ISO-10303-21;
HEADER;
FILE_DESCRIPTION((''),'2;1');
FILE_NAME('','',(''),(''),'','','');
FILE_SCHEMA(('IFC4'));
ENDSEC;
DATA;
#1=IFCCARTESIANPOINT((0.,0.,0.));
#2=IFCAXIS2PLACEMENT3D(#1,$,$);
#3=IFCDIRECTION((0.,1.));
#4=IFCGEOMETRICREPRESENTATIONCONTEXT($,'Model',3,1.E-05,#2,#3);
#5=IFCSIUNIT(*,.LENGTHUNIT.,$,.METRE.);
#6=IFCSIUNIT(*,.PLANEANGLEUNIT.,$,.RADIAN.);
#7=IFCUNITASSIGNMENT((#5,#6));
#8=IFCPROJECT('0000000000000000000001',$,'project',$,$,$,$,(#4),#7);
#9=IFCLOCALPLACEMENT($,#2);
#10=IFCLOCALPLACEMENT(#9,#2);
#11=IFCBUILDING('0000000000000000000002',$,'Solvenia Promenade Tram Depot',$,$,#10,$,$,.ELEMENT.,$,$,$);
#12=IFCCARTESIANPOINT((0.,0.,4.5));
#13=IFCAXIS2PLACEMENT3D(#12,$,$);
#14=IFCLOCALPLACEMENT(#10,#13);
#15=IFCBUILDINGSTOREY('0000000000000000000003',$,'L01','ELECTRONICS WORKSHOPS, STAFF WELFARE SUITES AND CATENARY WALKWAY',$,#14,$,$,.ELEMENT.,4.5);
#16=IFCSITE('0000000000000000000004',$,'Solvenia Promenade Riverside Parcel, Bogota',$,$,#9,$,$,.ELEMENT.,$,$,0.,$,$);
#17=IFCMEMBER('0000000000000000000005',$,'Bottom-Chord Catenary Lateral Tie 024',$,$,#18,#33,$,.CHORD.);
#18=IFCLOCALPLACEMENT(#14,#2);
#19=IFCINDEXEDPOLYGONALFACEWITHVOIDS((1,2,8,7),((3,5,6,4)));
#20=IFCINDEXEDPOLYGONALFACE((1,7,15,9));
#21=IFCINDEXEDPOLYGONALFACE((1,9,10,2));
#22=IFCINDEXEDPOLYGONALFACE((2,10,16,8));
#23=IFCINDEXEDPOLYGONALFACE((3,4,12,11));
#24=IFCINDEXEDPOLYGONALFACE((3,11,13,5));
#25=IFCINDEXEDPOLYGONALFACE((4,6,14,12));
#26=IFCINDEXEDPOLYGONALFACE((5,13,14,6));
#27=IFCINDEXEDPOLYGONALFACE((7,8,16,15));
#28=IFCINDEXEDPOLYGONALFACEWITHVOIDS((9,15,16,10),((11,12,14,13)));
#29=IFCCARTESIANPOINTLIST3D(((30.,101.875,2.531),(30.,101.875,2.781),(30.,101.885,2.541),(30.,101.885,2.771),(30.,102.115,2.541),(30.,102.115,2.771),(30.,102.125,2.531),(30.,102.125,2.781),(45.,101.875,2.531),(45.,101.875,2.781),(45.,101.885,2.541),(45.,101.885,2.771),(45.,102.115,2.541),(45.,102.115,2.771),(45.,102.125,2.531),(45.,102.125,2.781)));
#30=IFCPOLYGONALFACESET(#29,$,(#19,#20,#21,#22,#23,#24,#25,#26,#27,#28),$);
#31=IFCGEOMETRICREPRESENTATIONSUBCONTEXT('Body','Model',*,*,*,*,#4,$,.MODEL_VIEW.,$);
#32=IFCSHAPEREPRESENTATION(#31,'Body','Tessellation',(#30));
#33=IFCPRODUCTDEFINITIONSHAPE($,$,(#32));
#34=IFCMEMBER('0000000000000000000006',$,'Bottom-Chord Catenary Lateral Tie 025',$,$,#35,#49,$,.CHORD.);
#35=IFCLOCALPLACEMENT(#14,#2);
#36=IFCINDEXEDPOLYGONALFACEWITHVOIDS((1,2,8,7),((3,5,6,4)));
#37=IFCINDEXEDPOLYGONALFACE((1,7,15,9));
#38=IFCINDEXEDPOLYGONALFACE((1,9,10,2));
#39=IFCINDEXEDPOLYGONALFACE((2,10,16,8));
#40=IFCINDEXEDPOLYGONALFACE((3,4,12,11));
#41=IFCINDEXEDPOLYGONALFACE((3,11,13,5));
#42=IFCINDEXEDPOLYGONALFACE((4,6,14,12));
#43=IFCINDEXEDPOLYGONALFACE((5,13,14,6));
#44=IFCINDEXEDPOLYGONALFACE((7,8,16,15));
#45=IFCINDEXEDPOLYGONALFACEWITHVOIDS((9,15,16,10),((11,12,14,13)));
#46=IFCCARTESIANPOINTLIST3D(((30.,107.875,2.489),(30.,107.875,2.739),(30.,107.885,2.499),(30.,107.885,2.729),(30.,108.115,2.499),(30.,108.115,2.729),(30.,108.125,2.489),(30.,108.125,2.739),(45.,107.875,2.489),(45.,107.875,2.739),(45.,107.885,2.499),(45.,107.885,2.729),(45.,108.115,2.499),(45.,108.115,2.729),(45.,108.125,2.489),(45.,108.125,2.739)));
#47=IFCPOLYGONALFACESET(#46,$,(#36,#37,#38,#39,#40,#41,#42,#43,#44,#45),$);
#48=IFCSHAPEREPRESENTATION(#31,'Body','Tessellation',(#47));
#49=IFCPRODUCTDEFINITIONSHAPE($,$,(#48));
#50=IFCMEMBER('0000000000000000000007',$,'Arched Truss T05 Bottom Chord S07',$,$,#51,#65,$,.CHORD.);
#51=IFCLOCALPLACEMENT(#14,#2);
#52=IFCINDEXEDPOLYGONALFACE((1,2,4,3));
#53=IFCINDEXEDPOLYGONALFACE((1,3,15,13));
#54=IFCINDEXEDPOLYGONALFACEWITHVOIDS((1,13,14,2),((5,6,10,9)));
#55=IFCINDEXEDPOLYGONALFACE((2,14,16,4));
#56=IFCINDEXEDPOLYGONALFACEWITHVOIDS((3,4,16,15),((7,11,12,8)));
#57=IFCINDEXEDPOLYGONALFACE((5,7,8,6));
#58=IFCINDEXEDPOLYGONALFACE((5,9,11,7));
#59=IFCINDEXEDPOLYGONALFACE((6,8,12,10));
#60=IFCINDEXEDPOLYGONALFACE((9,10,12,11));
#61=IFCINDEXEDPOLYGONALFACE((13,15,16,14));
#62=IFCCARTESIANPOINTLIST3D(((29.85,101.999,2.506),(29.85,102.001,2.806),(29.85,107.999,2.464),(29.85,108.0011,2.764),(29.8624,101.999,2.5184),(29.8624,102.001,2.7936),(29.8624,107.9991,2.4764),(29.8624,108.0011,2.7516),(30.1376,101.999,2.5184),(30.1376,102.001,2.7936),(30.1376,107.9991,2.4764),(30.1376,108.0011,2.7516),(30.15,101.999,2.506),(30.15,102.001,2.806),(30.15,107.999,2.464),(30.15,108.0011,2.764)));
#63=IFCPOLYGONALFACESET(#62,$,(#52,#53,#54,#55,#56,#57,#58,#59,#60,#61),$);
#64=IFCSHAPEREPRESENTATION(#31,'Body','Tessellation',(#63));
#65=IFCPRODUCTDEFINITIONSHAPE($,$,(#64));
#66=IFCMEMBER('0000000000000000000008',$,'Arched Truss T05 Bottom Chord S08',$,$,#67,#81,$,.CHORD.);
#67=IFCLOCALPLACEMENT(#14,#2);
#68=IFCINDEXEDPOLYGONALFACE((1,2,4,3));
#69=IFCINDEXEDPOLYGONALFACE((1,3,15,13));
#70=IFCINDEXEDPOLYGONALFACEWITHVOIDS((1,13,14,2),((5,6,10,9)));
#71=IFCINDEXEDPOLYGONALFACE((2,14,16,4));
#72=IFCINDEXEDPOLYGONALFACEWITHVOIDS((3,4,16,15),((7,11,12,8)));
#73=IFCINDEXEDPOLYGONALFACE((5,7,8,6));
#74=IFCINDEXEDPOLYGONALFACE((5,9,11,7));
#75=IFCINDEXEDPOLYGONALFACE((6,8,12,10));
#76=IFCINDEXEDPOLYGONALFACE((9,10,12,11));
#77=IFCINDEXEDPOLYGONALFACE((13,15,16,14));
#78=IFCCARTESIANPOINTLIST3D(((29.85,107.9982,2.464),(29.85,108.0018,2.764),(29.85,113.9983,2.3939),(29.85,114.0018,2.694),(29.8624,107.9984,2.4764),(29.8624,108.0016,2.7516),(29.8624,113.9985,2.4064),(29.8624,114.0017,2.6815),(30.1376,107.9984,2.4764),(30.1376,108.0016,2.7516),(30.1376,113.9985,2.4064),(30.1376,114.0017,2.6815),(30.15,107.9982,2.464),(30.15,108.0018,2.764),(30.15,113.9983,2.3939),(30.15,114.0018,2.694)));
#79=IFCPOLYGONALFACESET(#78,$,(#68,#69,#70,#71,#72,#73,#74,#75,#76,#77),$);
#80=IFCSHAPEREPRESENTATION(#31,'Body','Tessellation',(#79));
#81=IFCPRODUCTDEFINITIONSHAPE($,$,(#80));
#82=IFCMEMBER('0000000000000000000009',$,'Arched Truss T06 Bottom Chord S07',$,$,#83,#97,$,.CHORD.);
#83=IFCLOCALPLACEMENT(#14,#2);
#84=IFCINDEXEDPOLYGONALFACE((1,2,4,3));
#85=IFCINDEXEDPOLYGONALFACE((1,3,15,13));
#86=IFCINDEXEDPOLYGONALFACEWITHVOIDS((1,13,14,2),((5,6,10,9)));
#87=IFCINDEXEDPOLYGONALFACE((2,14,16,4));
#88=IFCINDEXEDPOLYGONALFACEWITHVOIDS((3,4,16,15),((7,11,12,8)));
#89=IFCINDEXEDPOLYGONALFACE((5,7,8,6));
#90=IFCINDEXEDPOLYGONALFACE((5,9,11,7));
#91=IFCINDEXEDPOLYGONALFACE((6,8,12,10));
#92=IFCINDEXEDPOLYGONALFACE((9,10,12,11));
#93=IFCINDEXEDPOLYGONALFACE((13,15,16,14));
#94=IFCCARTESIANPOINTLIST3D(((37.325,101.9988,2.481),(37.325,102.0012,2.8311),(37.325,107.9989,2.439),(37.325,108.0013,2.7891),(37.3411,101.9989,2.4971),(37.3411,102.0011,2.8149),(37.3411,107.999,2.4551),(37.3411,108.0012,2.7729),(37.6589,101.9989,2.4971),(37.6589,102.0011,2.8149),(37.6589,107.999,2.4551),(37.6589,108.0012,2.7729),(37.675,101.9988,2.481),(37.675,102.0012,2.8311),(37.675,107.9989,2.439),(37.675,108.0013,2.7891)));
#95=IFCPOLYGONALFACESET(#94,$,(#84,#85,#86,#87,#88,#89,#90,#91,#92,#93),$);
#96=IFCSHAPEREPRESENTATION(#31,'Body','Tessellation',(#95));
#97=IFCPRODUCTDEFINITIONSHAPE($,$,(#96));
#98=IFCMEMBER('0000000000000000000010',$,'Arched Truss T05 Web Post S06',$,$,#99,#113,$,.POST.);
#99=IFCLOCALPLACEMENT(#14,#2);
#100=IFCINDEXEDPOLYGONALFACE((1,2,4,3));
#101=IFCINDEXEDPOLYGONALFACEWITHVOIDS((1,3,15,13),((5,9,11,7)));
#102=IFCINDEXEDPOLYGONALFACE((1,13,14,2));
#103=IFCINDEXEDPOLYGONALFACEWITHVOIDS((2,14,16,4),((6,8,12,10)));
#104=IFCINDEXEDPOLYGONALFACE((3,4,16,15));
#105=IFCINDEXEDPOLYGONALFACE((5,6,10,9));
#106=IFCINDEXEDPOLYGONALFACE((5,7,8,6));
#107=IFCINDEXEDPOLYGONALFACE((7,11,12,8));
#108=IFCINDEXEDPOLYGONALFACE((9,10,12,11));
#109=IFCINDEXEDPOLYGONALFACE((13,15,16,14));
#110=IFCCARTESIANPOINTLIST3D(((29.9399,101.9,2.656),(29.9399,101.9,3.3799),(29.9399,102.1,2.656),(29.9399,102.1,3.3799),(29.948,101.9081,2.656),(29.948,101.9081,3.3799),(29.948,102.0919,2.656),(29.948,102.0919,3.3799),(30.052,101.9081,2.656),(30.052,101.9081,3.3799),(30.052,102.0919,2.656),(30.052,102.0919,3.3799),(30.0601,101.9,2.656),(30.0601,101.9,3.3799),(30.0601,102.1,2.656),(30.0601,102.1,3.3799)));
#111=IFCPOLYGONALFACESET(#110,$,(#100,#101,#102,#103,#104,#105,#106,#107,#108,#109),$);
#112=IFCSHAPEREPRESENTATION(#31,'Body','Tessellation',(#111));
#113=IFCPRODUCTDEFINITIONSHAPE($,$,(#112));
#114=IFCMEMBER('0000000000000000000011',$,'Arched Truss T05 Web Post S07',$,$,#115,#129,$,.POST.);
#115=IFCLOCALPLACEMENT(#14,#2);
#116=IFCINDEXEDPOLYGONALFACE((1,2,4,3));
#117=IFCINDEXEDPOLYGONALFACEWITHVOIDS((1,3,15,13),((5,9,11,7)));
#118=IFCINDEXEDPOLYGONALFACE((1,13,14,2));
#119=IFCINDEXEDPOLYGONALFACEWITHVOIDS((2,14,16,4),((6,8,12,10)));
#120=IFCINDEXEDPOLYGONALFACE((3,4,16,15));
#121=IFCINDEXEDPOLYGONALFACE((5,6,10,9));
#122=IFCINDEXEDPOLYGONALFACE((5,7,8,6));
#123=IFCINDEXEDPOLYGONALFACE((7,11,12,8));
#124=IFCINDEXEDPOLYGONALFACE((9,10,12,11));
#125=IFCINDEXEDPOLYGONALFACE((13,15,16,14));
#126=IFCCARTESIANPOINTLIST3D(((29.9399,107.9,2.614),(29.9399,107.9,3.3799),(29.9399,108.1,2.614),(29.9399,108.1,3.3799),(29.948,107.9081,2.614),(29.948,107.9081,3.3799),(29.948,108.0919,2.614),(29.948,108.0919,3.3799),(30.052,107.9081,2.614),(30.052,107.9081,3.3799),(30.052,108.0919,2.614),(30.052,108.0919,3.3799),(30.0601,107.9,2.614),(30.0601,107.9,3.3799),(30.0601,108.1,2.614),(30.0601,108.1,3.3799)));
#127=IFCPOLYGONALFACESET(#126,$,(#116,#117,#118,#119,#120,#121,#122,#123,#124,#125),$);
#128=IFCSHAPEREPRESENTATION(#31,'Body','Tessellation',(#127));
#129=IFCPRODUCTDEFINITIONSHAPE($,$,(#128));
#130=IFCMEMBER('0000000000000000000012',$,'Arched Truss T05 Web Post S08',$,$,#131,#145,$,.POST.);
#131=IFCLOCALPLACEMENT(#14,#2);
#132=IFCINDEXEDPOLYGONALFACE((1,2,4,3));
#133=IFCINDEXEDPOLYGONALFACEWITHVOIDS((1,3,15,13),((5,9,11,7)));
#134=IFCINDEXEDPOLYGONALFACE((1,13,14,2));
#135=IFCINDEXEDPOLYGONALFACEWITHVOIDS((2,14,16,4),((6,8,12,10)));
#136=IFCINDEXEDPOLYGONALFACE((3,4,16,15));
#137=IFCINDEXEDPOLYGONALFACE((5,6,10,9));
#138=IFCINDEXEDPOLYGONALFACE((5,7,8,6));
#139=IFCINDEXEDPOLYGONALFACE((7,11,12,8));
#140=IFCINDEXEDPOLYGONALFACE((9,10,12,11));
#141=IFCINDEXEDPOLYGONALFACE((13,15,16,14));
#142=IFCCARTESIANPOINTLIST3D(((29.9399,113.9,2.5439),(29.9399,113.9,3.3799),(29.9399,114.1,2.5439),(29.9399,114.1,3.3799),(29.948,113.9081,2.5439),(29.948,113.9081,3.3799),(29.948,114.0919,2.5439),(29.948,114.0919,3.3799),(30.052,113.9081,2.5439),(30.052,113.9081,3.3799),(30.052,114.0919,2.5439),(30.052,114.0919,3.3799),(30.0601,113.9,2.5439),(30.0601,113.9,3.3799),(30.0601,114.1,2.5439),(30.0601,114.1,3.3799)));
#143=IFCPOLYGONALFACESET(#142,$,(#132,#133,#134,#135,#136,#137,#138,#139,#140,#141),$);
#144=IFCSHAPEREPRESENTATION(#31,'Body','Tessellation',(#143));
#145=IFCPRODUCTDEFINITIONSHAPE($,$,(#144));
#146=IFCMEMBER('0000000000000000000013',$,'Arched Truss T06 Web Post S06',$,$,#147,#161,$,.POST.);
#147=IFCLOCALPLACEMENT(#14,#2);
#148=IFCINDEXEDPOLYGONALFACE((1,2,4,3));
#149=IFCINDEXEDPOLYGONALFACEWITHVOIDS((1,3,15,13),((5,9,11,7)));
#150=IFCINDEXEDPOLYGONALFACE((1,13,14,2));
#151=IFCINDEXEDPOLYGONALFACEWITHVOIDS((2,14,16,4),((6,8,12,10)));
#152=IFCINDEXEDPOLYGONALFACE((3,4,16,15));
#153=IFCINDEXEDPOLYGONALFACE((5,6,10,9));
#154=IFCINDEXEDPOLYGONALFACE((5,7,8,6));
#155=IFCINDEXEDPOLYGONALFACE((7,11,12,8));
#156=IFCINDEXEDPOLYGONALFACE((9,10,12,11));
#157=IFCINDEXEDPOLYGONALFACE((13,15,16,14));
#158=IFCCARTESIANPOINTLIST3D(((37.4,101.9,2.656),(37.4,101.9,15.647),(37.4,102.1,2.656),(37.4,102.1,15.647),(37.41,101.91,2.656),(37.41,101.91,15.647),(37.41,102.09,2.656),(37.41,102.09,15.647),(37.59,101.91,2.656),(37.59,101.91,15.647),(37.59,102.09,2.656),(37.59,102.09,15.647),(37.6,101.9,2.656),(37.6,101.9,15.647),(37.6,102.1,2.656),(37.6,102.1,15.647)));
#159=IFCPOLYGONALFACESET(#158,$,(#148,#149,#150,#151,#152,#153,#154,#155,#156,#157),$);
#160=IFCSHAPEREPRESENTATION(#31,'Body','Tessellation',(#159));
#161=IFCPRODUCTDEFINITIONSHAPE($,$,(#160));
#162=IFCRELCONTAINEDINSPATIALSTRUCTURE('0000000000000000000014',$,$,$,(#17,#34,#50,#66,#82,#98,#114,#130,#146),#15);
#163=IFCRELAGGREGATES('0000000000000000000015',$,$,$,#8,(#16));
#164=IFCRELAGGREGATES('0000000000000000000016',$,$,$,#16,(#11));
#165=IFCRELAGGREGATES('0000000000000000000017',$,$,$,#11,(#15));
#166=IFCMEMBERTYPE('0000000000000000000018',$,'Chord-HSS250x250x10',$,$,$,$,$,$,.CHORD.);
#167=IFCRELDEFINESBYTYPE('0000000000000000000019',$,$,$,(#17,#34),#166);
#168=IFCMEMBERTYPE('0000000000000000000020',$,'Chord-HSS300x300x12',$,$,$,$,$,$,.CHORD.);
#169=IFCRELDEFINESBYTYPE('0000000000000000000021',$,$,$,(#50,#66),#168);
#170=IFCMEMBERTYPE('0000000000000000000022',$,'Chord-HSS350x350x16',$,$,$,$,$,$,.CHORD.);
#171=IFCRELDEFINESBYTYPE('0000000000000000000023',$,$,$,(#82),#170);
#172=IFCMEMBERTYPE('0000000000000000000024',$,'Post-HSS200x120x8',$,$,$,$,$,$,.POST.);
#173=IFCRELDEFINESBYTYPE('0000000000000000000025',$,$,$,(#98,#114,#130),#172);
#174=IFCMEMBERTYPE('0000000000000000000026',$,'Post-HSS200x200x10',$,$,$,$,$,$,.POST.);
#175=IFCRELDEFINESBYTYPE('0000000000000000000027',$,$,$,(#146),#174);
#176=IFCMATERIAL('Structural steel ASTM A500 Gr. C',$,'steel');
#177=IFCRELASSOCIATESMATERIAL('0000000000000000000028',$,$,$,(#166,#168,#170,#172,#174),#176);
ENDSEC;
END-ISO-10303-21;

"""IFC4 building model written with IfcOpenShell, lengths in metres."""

from ifc_helpers import new_model, si_unit, direction, frame, origin, origin_2d, place, context, subcontext, project, spatial, hollow_rectangle, extrude, material, material_profile, profile_set, type_object, element, save


model = new_model("IFC4")

# Units and contexts
model_context = context("Model", 3, precision=1e-05, world=origin(), true_north=direction((0.0, 1.0)))
body_context = subcontext(model_context, "Body", "Model", "MODEL_VIEW")
ifc_project = project(units=[si_unit("LENGTHUNIT", "METRE"), si_unit("PLANEANGLEUNIT", "RADIAN")], contexts=[model_context])

# Site, building, storey
site_placement = place(None, origin())
site = spatial("IfcSite", under=ifc_project, at=site_placement, Name="Solvenia Promenade Riverside Parcel, Bogota", CompositionType="ELEMENT", RefElevation=0.0)
building_placement = place(site_placement, origin())
building = spatial("IfcBuilding", under=site, at=building_placement, Name="Solvenia Promenade Tram Depot", CompositionType="ELEMENT")
storey_placement = place(building_placement, frame((0.0, 0.0, 4.5)))
storey = spatial("IfcBuildingStorey", under=building, at=storey_placement, Name="L01", Description="ELECTRONICS WORKSHOPS, STAFF WELFARE SUITES AND CATENARY WALKWAY", CompositionType="ELEMENT", Elevation=4.5)

# Members
ifc_material_1 = material(Name="Structural steel ASTM A500 Gr. C", Category="steel")
ifc_material_profile_1 = material_profile(ifc_material_1, hollow_rectangle(XDim=0.25, YDim=0.25, WallThickness=0.01, at=origin_2d()), Name="HSS250x250x10", Category="steel")
ifc_profile_set_1 = profile_set([ifc_material_profile_1], Name="Structural steel ASTM A500 Gr. C")
member_type_1 = type_object("IfcMemberType", Name="Chord-HSS250x250x10", PredefinedType="CHORD", material=ifc_profile_set_1)
for number, where, z_axis, x_axis, name in (
    (1, (30.0, 102.0, 2.656), (1.0, 0.0, 0.0), (0.0, 1.0, 0.0), "Bottom-Chord Catenary Lateral Tie 024"),
    (2, (30.0, 108.0, 2.614), (1.0, 0.0, 0.0), (0.0, 1.0, 0.0), "Bottom-Chord Catenary Lateral Tie 025"),
):
    element("IfcMember", number, at=place(storey_placement, frame(where, z_axis=z_axis, x_axis=x_axis)), inside=storey, type_object=member_type_1, Name=name, PredefinedType="CHORD", context=body_context, shape_type="SweptSolid", body=[
        extrude(hollow_rectangle(XDim=0.25, YDim=0.25, WallThickness=0.01, at=origin_2d()), origin(), (0.0, 0.0, 1.0), 15.0),
    ])
ifc_material_profile_2 = material_profile(ifc_material_1, hollow_rectangle(XDim=0.3, YDim=0.3, WallThickness=0.0125, at=origin_2d()), Name="HSS300x300x12.5", Category="steel")
ifc_profile_set_2 = profile_set([ifc_material_profile_2], Name="Structural steel ASTM A500 Gr. C")
member_type_2 = type_object("IfcMemberType", Name="Chord-HSS300x300x12", PredefinedType="CHORD", material=ifc_profile_set_2)
member_1_placement = place(storey_placement, frame((30.0, 102.0, 2.656), z_axis=(0.0, 0.999976, -0.006999), x_axis=(-1.0, 0.0, 0.0)))
element("IfcMember", 3, at=member_1_placement, inside=storey, type_object=member_type_2, Name="Arched Truss T05 Bottom Chord S07", PredefinedType="CHORD", context=body_context, shape_type="SweptSolid", body=[
    extrude(hollow_rectangle(XDim=0.3, YDim=0.3, WallThickness=0.0125, at=origin_2d()), origin(), (0.0, 0.0, 1.0), 6.0002),
])
member_2_placement = place(storey_placement, frame((30.0, 108.0, 2.614), z_axis=(0.0, 0.999932, -0.011677), x_axis=(-1.0, 0.0, 0.0)))
element("IfcMember", 4, at=member_2_placement, inside=storey, type_object=member_type_2, Name="Arched Truss T05 Bottom Chord S08", PredefinedType="CHORD", context=body_context, shape_type="SweptSolid", body=[
    extrude(hollow_rectangle(XDim=0.3, YDim=0.3, WallThickness=0.0125, at=origin_2d()), origin(), (0.0, 0.0, 1.0), 6.0005),
])
ifc_material_profile_3 = material_profile(ifc_material_1, hollow_rectangle(XDim=0.3501, YDim=0.3501, WallThickness=0.0161, at=origin_2d()), Name="HSS350x350x16", Category="steel")
ifc_profile_set_3 = profile_set([ifc_material_profile_3], Name="Structural steel ASTM A500 Gr. C")
member_type_3 = type_object("IfcMemberType", Name="Chord-HSS350x350x16", PredefinedType="CHORD", material=ifc_profile_set_3)
member_3_placement = place(storey_placement, frame((37.5, 102.0, 2.656), z_axis=(0.0, 0.999976, -0.006999), x_axis=(-1.0, 0.0, 0.0)))
element("IfcMember", 5, at=member_3_placement, inside=storey, type_object=member_type_3, Name="Arched Truss T06 Bottom Chord S07", PredefinedType="CHORD", context=body_context, shape_type="SweptSolid", body=[
    extrude(hollow_rectangle(XDim=0.3501, YDim=0.3501, WallThickness=0.0161, at=origin_2d()), origin(), (0.0, 0.0, 1.0), 6.0002),
])
ifc_material_profile_4 = material_profile(ifc_material_1, hollow_rectangle(XDim=0.1201, YDim=0.2, WallThickness=0.0081, at=origin_2d()), Name="HSS200x120x8", Category="steel")
ifc_profile_set_4 = profile_set([ifc_material_profile_4], Name="Structural steel ASTM A500 Gr. C")
member_type_4 = type_object("IfcMemberType", Name="Post-HSS200x120x8", PredefinedType="POST", material=ifc_profile_set_4)
member_4_placement = place(storey_placement, frame((30.0, 102.0, 2.656), z_axis=(0.0, 0.0, 1.0), x_axis=(1.0, 0.0, 0.0)))
element("IfcMember", 6, at=member_4_placement, inside=storey, type_object=member_type_4, Name="Arched Truss T05 Web Post S06", PredefinedType="POST", context=body_context, shape_type="SweptSolid", body=[
    extrude(hollow_rectangle(XDim=0.1201, YDim=0.2, WallThickness=0.0081, at=origin_2d()), origin(), (0.0, 0.0, 1.0), 0.7239),
])
member_5_placement = place(storey_placement, frame((30.0, 108.0, 2.614), z_axis=(0.0, 0.0, 1.0), x_axis=(1.0, 0.0, 0.0)))
element("IfcMember", 7, at=member_5_placement, inside=storey, type_object=member_type_4, Name="Arched Truss T05 Web Post S07", PredefinedType="POST", context=body_context, shape_type="SweptSolid", body=[
    extrude(hollow_rectangle(XDim=0.1201, YDim=0.2, WallThickness=0.0081, at=origin_2d()), origin(), (0.0, 0.0, 1.0), 0.7659),
])
member_6_placement = place(storey_placement, frame((30.0, 114.0, 2.5439), z_axis=(0.0, 0.0, 1.0), x_axis=(1.0, 0.0, 0.0)))
element("IfcMember", 8, at=member_6_placement, inside=storey, type_object=member_type_4, Name="Arched Truss T05 Web Post S08", PredefinedType="POST", context=body_context, shape_type="SweptSolid", body=[
    extrude(hollow_rectangle(XDim=0.1201, YDim=0.2, WallThickness=0.0081, at=origin_2d()), origin(), (0.0, 0.0, 1.0), 0.8359),
])
ifc_material_profile_5 = material_profile(ifc_material_1, hollow_rectangle(XDim=0.2, YDim=0.2, WallThickness=0.01, at=origin_2d()), Name="HSS200x200x10", Category="steel")
ifc_profile_set_5 = profile_set([ifc_material_profile_5], Name="Structural steel ASTM A500 Gr. C")
member_type_5 = type_object("IfcMemberType", Name="Post-HSS200x200x10", PredefinedType="POST", material=ifc_profile_set_5)
member_7_placement = place(storey_placement, frame((37.5, 102.0, 2.656), z_axis=(0.0, 0.0, 1.0), x_axis=(1.0, 0.0, 0.0)))
element("IfcMember", 9, at=member_7_placement, inside=storey, type_object=member_type_5, Name="Arched Truss T06 Web Post S06", PredefinedType="POST", context=body_context, shape_type="SweptSolid", body=[
    extrude(hollow_rectangle(XDim=0.2, YDim=0.2, WallThickness=0.01, at=origin_2d()), origin(), (0.0, 0.0, 1.0), 12.991),
])

save(model, "model.ifc")
